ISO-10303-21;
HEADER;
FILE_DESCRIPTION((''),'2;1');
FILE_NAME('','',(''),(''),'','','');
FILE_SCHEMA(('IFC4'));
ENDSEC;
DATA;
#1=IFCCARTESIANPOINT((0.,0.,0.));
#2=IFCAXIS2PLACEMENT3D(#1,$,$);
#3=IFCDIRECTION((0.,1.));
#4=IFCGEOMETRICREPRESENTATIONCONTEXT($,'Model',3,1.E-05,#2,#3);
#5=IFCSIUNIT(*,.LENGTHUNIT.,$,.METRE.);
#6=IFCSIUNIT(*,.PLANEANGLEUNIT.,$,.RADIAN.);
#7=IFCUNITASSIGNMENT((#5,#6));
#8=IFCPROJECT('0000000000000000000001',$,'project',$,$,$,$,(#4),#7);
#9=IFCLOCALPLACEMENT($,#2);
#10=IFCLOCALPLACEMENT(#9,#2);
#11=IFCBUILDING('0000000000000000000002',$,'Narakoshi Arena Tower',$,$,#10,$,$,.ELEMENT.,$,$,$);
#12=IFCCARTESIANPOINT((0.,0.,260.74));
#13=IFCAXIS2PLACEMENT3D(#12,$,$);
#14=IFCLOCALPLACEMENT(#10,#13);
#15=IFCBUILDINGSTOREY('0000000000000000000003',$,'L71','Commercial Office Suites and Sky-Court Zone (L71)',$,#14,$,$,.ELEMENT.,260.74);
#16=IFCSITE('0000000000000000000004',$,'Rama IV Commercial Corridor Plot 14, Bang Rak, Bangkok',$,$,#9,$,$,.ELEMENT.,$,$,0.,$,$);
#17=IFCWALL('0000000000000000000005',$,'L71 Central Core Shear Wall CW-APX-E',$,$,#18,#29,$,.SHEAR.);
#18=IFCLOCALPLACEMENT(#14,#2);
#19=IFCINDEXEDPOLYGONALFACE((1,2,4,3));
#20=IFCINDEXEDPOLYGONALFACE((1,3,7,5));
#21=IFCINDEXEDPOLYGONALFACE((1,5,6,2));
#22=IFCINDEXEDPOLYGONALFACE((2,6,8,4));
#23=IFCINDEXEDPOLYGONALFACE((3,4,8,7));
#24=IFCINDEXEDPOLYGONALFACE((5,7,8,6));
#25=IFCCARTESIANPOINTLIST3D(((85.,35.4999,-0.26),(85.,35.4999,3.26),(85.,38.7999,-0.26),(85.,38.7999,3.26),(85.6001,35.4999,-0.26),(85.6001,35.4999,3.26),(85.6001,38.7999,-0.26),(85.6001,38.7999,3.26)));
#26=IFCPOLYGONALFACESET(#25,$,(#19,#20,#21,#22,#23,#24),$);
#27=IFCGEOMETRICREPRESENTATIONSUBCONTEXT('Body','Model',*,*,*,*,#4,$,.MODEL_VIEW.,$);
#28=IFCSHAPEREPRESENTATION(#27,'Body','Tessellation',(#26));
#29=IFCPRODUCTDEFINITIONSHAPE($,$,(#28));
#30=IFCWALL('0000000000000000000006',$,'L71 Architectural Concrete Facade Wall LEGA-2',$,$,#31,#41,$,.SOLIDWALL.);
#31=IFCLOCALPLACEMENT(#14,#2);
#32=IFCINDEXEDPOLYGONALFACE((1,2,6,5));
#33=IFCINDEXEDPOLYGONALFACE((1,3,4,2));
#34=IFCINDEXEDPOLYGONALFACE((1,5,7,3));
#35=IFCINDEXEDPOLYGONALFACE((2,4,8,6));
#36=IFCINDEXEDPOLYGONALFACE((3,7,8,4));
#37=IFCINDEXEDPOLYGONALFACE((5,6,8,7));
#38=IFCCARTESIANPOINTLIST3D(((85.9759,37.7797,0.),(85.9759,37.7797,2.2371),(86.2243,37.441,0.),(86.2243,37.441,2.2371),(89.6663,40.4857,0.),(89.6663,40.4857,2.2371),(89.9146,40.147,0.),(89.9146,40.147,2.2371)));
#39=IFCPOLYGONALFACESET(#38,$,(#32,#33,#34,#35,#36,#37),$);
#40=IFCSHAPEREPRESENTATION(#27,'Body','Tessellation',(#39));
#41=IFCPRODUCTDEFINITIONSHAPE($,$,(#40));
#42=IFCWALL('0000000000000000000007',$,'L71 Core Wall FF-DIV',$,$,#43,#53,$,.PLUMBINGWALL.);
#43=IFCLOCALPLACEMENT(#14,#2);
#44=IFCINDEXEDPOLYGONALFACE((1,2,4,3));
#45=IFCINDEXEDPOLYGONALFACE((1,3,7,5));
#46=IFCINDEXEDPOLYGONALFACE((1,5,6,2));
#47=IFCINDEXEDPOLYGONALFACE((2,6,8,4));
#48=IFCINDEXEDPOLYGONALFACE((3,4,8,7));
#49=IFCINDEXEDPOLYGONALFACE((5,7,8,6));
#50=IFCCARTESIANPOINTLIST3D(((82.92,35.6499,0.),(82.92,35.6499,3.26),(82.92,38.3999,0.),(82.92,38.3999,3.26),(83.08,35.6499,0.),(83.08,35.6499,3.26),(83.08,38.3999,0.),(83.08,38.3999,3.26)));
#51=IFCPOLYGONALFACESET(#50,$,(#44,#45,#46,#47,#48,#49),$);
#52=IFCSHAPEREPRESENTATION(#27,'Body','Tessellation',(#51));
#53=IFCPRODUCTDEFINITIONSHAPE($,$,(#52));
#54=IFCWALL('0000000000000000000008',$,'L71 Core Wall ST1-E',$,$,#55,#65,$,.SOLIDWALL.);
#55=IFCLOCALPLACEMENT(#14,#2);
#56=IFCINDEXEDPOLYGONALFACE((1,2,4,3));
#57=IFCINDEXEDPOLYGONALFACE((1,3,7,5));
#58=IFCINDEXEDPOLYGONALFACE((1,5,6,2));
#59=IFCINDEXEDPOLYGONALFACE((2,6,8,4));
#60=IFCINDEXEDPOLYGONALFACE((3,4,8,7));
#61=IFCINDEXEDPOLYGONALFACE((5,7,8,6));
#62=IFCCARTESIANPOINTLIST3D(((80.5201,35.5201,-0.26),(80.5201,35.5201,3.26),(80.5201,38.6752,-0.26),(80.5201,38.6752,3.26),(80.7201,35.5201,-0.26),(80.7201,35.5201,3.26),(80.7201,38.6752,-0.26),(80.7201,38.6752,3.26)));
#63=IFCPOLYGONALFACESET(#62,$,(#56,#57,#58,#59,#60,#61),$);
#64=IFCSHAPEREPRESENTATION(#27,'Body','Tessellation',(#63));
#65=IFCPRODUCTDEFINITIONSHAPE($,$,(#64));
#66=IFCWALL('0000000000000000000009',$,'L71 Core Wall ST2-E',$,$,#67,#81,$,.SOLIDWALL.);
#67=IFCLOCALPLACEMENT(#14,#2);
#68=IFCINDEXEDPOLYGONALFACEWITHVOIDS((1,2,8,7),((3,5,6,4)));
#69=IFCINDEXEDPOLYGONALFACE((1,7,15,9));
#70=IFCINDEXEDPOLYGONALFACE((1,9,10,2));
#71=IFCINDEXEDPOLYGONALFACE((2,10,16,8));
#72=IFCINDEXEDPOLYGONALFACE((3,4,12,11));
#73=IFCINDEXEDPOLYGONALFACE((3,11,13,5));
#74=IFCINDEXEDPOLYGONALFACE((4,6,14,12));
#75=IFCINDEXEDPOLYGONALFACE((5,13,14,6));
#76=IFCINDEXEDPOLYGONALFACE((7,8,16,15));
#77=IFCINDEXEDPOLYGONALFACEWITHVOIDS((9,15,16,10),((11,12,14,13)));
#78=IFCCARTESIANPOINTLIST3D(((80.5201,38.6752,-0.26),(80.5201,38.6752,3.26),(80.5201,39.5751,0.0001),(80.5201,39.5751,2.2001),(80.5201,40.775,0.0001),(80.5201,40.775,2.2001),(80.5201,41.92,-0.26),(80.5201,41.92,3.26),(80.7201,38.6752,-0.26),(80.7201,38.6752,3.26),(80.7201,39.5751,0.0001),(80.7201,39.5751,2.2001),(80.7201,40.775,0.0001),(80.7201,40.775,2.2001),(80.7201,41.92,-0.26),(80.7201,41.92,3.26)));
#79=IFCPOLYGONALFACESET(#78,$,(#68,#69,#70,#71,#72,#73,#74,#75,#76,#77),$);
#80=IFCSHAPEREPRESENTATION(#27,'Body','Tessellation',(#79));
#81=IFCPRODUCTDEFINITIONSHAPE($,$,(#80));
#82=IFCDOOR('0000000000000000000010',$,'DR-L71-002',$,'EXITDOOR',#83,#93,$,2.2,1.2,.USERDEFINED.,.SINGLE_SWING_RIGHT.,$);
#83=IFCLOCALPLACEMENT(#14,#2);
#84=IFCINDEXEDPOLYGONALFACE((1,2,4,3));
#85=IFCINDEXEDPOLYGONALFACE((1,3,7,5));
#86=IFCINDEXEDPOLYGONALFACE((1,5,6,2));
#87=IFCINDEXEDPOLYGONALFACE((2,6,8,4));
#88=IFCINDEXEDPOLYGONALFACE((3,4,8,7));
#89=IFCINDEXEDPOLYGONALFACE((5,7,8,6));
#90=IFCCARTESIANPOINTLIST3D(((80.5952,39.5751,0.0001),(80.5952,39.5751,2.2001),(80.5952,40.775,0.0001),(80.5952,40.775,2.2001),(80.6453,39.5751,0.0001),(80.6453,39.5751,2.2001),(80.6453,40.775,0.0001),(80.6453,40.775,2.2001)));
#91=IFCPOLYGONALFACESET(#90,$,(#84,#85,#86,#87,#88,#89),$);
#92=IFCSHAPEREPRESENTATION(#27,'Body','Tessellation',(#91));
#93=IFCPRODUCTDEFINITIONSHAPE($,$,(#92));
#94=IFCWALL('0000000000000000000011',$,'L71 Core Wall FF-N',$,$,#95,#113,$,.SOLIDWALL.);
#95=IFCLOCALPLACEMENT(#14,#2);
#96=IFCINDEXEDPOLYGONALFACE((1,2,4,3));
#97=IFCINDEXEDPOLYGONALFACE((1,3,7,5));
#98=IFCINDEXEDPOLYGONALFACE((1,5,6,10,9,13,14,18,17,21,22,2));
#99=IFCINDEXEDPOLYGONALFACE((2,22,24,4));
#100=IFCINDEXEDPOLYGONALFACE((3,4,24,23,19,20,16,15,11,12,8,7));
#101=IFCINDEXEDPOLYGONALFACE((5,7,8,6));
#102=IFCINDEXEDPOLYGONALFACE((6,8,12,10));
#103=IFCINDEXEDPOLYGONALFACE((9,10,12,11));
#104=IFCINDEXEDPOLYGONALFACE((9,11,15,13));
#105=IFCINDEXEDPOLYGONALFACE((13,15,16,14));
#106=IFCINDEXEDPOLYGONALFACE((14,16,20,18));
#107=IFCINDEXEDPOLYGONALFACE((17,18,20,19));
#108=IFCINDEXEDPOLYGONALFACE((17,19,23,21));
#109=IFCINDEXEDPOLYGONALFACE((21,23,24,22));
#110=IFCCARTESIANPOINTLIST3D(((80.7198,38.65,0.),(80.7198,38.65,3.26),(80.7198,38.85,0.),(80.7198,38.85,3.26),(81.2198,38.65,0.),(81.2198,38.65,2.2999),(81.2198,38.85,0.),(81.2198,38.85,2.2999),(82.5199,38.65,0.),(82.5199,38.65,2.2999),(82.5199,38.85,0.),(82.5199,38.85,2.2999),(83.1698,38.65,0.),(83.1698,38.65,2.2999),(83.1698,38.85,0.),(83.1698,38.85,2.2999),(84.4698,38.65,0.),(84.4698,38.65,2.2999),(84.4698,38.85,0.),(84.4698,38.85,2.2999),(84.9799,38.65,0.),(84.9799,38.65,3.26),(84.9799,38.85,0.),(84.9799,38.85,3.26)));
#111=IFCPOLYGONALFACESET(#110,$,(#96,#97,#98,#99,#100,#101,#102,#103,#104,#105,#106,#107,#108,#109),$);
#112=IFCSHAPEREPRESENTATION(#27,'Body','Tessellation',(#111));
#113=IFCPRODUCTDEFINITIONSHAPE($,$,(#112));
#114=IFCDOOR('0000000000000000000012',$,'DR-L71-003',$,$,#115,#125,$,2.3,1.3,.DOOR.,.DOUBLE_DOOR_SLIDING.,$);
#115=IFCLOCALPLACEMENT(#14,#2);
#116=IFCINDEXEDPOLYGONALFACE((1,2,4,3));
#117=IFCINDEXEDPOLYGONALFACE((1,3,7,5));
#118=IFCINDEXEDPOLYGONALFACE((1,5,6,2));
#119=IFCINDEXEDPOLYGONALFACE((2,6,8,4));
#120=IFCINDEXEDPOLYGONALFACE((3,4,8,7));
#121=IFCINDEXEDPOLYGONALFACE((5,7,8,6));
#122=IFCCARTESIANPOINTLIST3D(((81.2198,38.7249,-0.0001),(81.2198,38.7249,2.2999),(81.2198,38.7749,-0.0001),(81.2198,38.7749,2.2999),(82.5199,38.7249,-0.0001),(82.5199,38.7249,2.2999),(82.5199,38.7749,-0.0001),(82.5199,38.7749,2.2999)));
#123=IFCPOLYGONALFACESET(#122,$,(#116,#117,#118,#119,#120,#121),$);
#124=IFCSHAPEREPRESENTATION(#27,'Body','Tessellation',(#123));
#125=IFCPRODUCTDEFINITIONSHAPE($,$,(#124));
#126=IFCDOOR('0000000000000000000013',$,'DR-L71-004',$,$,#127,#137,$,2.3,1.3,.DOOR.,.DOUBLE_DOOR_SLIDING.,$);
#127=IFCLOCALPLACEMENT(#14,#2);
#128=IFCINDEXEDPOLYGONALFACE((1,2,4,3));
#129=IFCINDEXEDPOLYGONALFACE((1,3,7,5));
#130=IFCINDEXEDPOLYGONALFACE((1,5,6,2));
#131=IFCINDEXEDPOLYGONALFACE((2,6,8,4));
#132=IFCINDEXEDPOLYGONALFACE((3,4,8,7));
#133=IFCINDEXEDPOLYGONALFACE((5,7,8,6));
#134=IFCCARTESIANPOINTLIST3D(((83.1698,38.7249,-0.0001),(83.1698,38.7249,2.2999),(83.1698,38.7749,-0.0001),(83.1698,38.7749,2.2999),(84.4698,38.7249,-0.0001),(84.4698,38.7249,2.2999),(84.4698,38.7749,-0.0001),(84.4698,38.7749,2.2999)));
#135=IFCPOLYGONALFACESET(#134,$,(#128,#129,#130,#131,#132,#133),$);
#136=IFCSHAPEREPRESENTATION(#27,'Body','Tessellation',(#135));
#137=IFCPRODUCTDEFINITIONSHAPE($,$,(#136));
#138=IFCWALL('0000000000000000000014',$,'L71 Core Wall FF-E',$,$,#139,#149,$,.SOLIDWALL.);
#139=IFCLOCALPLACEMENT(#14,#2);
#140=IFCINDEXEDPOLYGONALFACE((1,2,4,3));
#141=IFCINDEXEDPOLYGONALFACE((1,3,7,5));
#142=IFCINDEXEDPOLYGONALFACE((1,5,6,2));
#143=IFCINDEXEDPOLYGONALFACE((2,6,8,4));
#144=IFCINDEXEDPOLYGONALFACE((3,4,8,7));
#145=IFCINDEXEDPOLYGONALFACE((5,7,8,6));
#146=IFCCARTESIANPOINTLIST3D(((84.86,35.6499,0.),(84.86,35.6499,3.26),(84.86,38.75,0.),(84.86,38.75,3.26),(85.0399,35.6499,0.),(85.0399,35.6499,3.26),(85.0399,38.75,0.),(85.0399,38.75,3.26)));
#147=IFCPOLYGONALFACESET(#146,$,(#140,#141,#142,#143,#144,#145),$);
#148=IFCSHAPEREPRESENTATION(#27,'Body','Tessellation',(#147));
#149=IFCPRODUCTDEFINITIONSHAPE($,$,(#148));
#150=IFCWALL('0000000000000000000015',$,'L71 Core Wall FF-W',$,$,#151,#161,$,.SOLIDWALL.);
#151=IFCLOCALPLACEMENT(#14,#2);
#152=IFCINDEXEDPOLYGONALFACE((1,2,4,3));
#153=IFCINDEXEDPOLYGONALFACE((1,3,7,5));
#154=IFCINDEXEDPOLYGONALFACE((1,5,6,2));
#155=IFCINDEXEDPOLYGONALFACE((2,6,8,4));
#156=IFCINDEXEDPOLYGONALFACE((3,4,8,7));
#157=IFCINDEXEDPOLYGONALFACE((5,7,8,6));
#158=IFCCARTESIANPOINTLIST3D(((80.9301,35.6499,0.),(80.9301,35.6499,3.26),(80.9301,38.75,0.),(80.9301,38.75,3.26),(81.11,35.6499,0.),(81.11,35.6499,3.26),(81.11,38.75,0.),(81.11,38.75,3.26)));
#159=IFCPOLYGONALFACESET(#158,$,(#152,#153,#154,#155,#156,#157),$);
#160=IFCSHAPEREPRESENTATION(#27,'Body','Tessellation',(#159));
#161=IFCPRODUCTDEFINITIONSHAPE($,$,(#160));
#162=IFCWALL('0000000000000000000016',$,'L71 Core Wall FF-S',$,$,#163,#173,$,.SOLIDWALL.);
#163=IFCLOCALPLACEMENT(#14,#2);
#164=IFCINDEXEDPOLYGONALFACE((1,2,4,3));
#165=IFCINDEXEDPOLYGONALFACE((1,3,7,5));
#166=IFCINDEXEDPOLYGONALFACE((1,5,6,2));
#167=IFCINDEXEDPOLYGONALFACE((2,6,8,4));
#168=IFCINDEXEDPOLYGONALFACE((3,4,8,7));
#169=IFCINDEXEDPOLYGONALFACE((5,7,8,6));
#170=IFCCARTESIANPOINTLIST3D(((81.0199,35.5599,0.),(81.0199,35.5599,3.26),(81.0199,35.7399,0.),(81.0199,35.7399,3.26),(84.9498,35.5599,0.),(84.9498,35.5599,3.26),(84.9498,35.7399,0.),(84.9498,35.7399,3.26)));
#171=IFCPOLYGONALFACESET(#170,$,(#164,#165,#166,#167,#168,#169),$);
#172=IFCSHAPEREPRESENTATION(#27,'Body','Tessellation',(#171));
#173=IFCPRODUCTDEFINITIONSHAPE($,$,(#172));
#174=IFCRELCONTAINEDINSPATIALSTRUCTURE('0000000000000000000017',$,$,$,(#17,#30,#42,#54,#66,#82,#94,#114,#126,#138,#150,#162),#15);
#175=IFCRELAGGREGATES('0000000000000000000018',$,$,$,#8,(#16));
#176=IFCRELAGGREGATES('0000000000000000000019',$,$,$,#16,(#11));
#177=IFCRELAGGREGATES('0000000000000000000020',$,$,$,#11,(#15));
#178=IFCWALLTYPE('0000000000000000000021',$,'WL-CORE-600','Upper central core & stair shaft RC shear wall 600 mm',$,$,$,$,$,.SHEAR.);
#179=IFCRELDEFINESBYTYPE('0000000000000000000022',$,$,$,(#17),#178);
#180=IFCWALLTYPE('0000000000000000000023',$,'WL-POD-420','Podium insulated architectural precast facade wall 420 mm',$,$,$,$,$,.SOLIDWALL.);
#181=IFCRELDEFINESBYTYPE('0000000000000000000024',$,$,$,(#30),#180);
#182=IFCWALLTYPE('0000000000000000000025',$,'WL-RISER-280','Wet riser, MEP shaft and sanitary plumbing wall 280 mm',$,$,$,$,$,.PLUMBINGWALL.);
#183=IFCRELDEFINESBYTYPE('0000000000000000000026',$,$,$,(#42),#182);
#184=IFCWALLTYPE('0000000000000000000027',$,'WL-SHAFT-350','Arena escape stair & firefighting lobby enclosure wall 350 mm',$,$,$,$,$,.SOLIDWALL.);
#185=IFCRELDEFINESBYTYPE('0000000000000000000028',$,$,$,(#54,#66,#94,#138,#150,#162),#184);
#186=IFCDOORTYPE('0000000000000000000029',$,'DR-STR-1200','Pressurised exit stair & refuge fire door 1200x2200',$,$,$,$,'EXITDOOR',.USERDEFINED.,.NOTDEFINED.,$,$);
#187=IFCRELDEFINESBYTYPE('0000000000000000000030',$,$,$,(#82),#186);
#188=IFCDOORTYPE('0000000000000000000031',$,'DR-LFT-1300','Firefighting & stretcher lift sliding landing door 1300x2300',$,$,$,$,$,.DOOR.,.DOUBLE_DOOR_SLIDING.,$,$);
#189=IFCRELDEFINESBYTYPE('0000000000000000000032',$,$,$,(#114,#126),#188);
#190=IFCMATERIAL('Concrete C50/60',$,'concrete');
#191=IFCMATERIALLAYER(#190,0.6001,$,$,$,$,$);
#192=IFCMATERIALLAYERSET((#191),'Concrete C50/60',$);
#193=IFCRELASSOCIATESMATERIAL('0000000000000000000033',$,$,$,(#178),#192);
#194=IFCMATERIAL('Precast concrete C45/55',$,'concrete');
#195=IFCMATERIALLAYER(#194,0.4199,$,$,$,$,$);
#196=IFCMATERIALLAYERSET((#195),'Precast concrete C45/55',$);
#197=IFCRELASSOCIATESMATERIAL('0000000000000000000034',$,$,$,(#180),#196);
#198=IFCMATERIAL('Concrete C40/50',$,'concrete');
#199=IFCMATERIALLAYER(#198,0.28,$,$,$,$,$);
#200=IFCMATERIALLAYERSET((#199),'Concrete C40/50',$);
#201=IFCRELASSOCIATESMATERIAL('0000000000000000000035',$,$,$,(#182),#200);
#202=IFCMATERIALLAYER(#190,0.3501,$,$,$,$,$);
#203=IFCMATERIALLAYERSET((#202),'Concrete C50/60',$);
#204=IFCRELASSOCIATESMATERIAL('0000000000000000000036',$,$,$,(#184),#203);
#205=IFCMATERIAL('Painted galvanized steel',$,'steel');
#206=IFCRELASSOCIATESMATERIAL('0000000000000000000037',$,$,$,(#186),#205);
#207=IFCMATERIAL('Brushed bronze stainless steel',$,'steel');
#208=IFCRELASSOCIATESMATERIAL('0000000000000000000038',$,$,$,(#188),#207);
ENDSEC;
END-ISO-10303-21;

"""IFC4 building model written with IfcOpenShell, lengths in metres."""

from ifc_helpers import new_model, si_unit, direction, frame, frame_2d, origin, place, context, subcontext, project, spatial, rectangle, extrude, material, layer, layer_set, type_object, element, fill, save


model = new_model("IFC4")

# Units and contexts
model_context = context("Model", 3, precision=1e-05, world=origin(), true_north=direction((0.0, 1.0)))
body_context = subcontext(model_context, "Body", "Model", "MODEL_VIEW")
ifc_project = project(units=[si_unit("LENGTHUNIT", "METRE"), si_unit("PLANEANGLEUNIT", "RADIAN")], contexts=[model_context])

# Site, building, storey
site_placement = place(None, origin())
site = spatial("IfcSite", under=ifc_project, at=site_placement, Name="Rama IV Commercial Corridor Plot 14, Bang Rak, Bangkok", CompositionType="ELEMENT", RefElevation=0.0)
building_placement = place(site_placement, origin())
building = spatial("IfcBuilding", under=site, at=building_placement, Name="Narakoshi Arena Tower", CompositionType="ELEMENT")
storey_placement = place(building_placement, frame((0.0, 0.0, 260.74)))
storey = spatial("IfcBuildingStorey", under=building, at=storey_placement, Name="L71", Description="Commercial Office Suites and Sky-Court Zone (L71)", CompositionType="ELEMENT", Elevation=260.74)

# Walls
ifc_material_1 = material(Name="Concrete C50/60", Category="concrete")
ifc_layer_1 = layer(ifc_material_1, 0.6001)
ifc_layer_set_1 = layer_set([ifc_layer_1], Name="Concrete C50/60")
wall_type_1 = type_object("IfcWallType", Name="WL-CORE-600", Description="Upper central core & stair shaft RC shear wall 600 mm", PredefinedType="SHEAR", material=ifc_layer_set_1)
wall_1_placement = place(storey_placement, frame((85.3, 35.5, -0.26), z_axis=(0.0, 0.0, 1.0), x_axis=(0.0, 1.0, 0.0)))
element("IfcWall", 1, at=wall_1_placement, inside=storey, type_object=wall_type_1, Name="L71 Central Core Shear Wall CW-APX-E", PredefinedType="SHEAR", context=body_context, shape_type="SweptSolid", body=[
    extrude(rectangle(XDim=3.3, YDim=0.6001, at=frame_2d((1.6499, 0.0))), origin(), (0.0, 0.0, 1.0), 3.52),
])
ifc_material_2 = material(Name="Precast concrete C45/55", Category="concrete")
ifc_layer_2 = layer(ifc_material_2, 0.4199)
ifc_layer_set_2 = layer_set([ifc_layer_2], Name="Precast concrete C45/55")
wall_type_2 = type_object("IfcWallType", Name="WL-POD-420", Description="Podium insulated architectural precast facade wall 420 mm", PredefinedType="SOLIDWALL", material=ifc_layer_set_2)
wall_2_placement = place(storey_placement, frame((86.1001, 37.6104, 0.0), z_axis=(0.0, 0.0, 1.0), x_axis=(0.806432, 0.591327, 0.0)))
element("IfcWall", 2, at=wall_2_placement, inside=storey, type_object=wall_type_2, Name="L71 Architectural Concrete Facade Wall LEGA-2", PredefinedType="SOLIDWALL", context=body_context, shape_type="SweptSolid", body=[
    extrude(rectangle(XDim=4.5762, YDim=0.4199, at=frame_2d((2.2881, 0.0))), origin(), (0.0, 0.0, 1.0), 2.2371),
])
ifc_material_3 = material(Name="Concrete C40/50", Category="concrete")
ifc_layer_3 = layer(ifc_material_3, 0.28)
ifc_layer_set_3 = layer_set([ifc_layer_3], Name="Concrete C40/50")
wall_type_3 = type_object("IfcWallType", Name="WL-RISER-280", Description="Wet riser, MEP shaft and sanitary plumbing wall 280 mm", PredefinedType="PLUMBINGWALL", material=ifc_layer_set_3)
wall_3_placement = place(storey_placement, frame((83.0, 35.6499, 0.0), z_axis=(0.0, 0.0, 1.0), x_axis=(0.0, 1.0, 0.0)))
element("IfcWall", 3, at=wall_3_placement, inside=storey, type_object=wall_type_3, Name="L71 Core Wall FF-DIV", PredefinedType="PLUMBINGWALL", context=body_context, shape_type="SweptSolid", body=[
    extrude(rectangle(XDim=2.75, YDim=0.1599, at=frame_2d((1.375, 0.0))), origin(), (0.0, 0.0, 1.0), 3.26),
])
ifc_layer_4 = layer(ifc_material_1, 0.3501)
ifc_layer_set_4 = layer_set([ifc_layer_4], Name="Concrete C50/60")
wall_type_4 = type_object("IfcWallType", Name="WL-SHAFT-350", Description="Arena escape stair & firefighting lobby enclosure wall 350 mm", PredefinedType="SOLIDWALL", material=ifc_layer_set_4)
wall_4_placement = place(storey_placement, frame((80.6201, 35.52, -0.26), z_axis=(0.0, 0.0, 1.0), x_axis=(0.0, 1.0, 0.0)))
element("IfcWall", 4, at=wall_4_placement, inside=storey, type_object=wall_type_4, Name="L71 Core Wall ST1-E", PredefinedType="SOLIDWALL", context=body_context, shape_type="SweptSolid", body=[
    extrude(rectangle(XDim=3.155, YDim=0.2, at=frame_2d((1.5776, 0.0))), origin(), (0.0, 0.0, 1.0), 3.52),
])

# Wall, opening, door
wall_5_placement = place(storey_placement, frame((80.6201, 38.675, -0.26), z_axis=(0.0, 0.0, 1.0), x_axis=(0.0, 1.0, 0.0)))
wall_5 = element("IfcWall", 5, at=wall_5_placement, inside=storey, type_object=wall_type_4, Name="L71 Core Wall ST2-E", PredefinedType="SOLIDWALL", context=body_context, shape_type="SweptSolid", body=[
    extrude(rectangle(XDim=3.2449, YDim=0.2, at=frame_2d((1.6226, 0.0))), origin(), (0.0, 0.0, 1.0), 3.52),
])
opening_1_placement = place(wall_5_placement, frame((0.8999, 0.0, 0.26)))
opening_1 = element("IfcOpeningElement", 6, at=opening_1_placement, cuts=wall_5, PredefinedType="OPENING", context=body_context, shape_type="SweptSolid", body=[
    extrude(rectangle(XDim=1.2, YDim=2.2, at=frame_2d((0.6001, 1.1001))), frame((0.0, 0.1099, 0.0), z_axis=(0.0, -1.0, 0.0), x_axis=(1.0, 0.0, 0.0)), (0.0, 0.0, 1.0), 0.22),
])
ifc_material_4 = material(Name="Painted galvanized steel", Category="steel")
door_type_1 = type_object("IfcDoorType", Name="DR-STR-1200", Description="Pressurised exit stair & refuge fire door 1200x2200", ElementType="EXITDOOR", OperationType="NOTDEFINED", PredefinedType="USERDEFINED", material=ifc_material_4)
door_1_placement = place(opening_1_placement, origin())
door_1 = element("IfcDoor", 7, at=door_1_placement, inside=storey, type_object=door_type_1, Name="DR-L71-002", ObjectType="EXITDOOR", OperationType="SINGLE_SWING_RIGHT", OverallHeight=2.2, OverallWidth=1.2, PredefinedType="USERDEFINED", context=body_context, shape_type="SweptSolid", body=[
    extrude(rectangle(XDim=1.2, YDim=2.2, at=frame_2d((0.6001, 1.1001))), frame((0.0, 0.0249, 0.0), z_axis=(0.0, -1.0, 0.0), x_axis=(1.0, 0.0, 0.0)), (0.0, 0.0, 1.0), 0.05),
])
fill(opening_1, door_1)

# Wall, openings, doors
wall_6_placement = place(storey_placement, frame((80.72, 38.75, 0.0), z_axis=(0.0, 0.0, 1.0), x_axis=(1.0, 0.0, 0.0)))
wall_6 = element("IfcWall", 8, at=wall_6_placement, inside=storey, type_object=wall_type_4, Name="L71 Core Wall FF-N", PredefinedType="SOLIDWALL", context=body_context, shape_type="SweptSolid", body=[
    extrude(rectangle(XDim=4.26, YDim=0.2, at=frame_2d((2.1299, 0.0))), origin(), (0.0, 0.0, 1.0), 3.26),
])
opening_2_placement = place(wall_6_placement, frame((0.5, 0.0, 0.0)))
opening_2 = element("IfcOpeningElement", 9, at=opening_2_placement, cuts=wall_6, PredefinedType="OPENING", context=body_context, shape_type="SweptSolid", body=[
    extrude(rectangle(XDim=1.3, YDim=2.3, at=frame_2d((0.6499, 1.1499))), frame((0.0, 0.1099, 0.0), z_axis=(0.0, -1.0, 0.0), x_axis=(1.0, 0.0, 0.0)), (0.0, 0.0, 1.0), 0.22),
])
opening_3_placement = place(wall_6_placement, frame((2.45, 0.0, 0.0)))
opening_3 = element("IfcOpeningElement", 10, at=opening_3_placement, cuts=wall_6, PredefinedType="OPENING", context=body_context, shape_type="SweptSolid", body=[
    extrude(rectangle(XDim=1.3, YDim=2.3, at=frame_2d((0.6499, 1.1499))), frame((0.0, 0.1099, 0.0), z_axis=(0.0, -1.0, 0.0), x_axis=(1.0, 0.0, 0.0)), (0.0, 0.0, 1.0), 0.22),
])
ifc_material_5 = material(Name="Brushed bronze stainless steel", Category="steel")
door_type_2 = type_object("IfcDoorType", Name="DR-LFT-1300", Description="Firefighting & stretcher lift sliding landing door 1300x2300", OperationType="DOUBLE_DOOR_SLIDING", PredefinedType="DOOR", material=ifc_material_5)
door_2_placement = place(opening_2_placement, origin())
door_2 = element("IfcDoor", 11, at=door_2_placement, inside=storey, type_object=door_type_2, Name="DR-L71-003", OperationType="DOUBLE_DOOR_SLIDING", OverallHeight=2.3, OverallWidth=1.3, PredefinedType="DOOR", context=body_context, shape_type="SweptSolid", body=[
    extrude(rectangle(XDim=1.3, YDim=2.3, at=frame_2d((0.6499, 1.1499))), frame((0.0, 0.0249, 0.0), z_axis=(0.0, -1.0, 0.0), x_axis=(1.0, 0.0, 0.0)), (0.0, 0.0, 1.0), 0.05),
])
fill(opening_2, door_2)
door_3_placement = place(opening_3_placement, origin())
door_3 = element("IfcDoor", 12, at=door_3_placement, inside=storey, type_object=door_type_2, Name="DR-L71-004", OperationType="DOUBLE_DOOR_SLIDING", OverallHeight=2.3, OverallWidth=1.3, PredefinedType="DOOR", context=body_context, shape_type="SweptSolid", body=[
    extrude(rectangle(XDim=1.3, YDim=2.3, at=frame_2d((0.6499, 1.1499))), frame((0.0, 0.0249, 0.0), z_axis=(0.0, -1.0, 0.0), x_axis=(1.0, 0.0, 0.0)), (0.0, 0.0, 1.0), 0.05),
])
fill(opening_3, door_3)

# Walls
for number, where, z_axis, x_axis, name in (
    (13, (84.95, 35.6499, 0.0), (0.0, 0.0, 1.0), (0.0, 1.0, 0.0), "L71 Core Wall FF-E"),
    (14, (81.02, 35.6499, 0.0), (0.0, 0.0, 1.0), (0.0, 1.0, 0.0), "L71 Core Wall FF-W"),
):
    element("IfcWall", number, at=place(storey_placement, frame(where, z_axis=z_axis, x_axis=x_axis)), inside=storey, type_object=wall_type_4, Name=name, PredefinedType="SOLIDWALL", context=body_context, shape_type="SweptSolid", body=[
        extrude(rectangle(XDim=3.1001, YDim=0.1799, at=frame_2d((1.55, 0.0))), origin(), (0.0, 0.0, 1.0), 3.26),
    ])
wall_7_placement = place(storey_placement, frame((81.02, 35.6499, 0.0), z_axis=(0.0, 0.0, 1.0), x_axis=(1.0, 0.0, 0.0)))
element("IfcWall", 15, at=wall_7_placement, inside=storey, type_object=wall_type_4, Name="L71 Core Wall FF-S", PredefinedType="SOLIDWALL", context=body_context, shape_type="SweptSolid", body=[
    extrude(rectangle(XDim=3.9299, YDim=0.1799, at=frame_2d((1.9648, 0.0))), origin(), (0.0, 0.0, 1.0), 3.26),
])

save(model, "model.ifc")
